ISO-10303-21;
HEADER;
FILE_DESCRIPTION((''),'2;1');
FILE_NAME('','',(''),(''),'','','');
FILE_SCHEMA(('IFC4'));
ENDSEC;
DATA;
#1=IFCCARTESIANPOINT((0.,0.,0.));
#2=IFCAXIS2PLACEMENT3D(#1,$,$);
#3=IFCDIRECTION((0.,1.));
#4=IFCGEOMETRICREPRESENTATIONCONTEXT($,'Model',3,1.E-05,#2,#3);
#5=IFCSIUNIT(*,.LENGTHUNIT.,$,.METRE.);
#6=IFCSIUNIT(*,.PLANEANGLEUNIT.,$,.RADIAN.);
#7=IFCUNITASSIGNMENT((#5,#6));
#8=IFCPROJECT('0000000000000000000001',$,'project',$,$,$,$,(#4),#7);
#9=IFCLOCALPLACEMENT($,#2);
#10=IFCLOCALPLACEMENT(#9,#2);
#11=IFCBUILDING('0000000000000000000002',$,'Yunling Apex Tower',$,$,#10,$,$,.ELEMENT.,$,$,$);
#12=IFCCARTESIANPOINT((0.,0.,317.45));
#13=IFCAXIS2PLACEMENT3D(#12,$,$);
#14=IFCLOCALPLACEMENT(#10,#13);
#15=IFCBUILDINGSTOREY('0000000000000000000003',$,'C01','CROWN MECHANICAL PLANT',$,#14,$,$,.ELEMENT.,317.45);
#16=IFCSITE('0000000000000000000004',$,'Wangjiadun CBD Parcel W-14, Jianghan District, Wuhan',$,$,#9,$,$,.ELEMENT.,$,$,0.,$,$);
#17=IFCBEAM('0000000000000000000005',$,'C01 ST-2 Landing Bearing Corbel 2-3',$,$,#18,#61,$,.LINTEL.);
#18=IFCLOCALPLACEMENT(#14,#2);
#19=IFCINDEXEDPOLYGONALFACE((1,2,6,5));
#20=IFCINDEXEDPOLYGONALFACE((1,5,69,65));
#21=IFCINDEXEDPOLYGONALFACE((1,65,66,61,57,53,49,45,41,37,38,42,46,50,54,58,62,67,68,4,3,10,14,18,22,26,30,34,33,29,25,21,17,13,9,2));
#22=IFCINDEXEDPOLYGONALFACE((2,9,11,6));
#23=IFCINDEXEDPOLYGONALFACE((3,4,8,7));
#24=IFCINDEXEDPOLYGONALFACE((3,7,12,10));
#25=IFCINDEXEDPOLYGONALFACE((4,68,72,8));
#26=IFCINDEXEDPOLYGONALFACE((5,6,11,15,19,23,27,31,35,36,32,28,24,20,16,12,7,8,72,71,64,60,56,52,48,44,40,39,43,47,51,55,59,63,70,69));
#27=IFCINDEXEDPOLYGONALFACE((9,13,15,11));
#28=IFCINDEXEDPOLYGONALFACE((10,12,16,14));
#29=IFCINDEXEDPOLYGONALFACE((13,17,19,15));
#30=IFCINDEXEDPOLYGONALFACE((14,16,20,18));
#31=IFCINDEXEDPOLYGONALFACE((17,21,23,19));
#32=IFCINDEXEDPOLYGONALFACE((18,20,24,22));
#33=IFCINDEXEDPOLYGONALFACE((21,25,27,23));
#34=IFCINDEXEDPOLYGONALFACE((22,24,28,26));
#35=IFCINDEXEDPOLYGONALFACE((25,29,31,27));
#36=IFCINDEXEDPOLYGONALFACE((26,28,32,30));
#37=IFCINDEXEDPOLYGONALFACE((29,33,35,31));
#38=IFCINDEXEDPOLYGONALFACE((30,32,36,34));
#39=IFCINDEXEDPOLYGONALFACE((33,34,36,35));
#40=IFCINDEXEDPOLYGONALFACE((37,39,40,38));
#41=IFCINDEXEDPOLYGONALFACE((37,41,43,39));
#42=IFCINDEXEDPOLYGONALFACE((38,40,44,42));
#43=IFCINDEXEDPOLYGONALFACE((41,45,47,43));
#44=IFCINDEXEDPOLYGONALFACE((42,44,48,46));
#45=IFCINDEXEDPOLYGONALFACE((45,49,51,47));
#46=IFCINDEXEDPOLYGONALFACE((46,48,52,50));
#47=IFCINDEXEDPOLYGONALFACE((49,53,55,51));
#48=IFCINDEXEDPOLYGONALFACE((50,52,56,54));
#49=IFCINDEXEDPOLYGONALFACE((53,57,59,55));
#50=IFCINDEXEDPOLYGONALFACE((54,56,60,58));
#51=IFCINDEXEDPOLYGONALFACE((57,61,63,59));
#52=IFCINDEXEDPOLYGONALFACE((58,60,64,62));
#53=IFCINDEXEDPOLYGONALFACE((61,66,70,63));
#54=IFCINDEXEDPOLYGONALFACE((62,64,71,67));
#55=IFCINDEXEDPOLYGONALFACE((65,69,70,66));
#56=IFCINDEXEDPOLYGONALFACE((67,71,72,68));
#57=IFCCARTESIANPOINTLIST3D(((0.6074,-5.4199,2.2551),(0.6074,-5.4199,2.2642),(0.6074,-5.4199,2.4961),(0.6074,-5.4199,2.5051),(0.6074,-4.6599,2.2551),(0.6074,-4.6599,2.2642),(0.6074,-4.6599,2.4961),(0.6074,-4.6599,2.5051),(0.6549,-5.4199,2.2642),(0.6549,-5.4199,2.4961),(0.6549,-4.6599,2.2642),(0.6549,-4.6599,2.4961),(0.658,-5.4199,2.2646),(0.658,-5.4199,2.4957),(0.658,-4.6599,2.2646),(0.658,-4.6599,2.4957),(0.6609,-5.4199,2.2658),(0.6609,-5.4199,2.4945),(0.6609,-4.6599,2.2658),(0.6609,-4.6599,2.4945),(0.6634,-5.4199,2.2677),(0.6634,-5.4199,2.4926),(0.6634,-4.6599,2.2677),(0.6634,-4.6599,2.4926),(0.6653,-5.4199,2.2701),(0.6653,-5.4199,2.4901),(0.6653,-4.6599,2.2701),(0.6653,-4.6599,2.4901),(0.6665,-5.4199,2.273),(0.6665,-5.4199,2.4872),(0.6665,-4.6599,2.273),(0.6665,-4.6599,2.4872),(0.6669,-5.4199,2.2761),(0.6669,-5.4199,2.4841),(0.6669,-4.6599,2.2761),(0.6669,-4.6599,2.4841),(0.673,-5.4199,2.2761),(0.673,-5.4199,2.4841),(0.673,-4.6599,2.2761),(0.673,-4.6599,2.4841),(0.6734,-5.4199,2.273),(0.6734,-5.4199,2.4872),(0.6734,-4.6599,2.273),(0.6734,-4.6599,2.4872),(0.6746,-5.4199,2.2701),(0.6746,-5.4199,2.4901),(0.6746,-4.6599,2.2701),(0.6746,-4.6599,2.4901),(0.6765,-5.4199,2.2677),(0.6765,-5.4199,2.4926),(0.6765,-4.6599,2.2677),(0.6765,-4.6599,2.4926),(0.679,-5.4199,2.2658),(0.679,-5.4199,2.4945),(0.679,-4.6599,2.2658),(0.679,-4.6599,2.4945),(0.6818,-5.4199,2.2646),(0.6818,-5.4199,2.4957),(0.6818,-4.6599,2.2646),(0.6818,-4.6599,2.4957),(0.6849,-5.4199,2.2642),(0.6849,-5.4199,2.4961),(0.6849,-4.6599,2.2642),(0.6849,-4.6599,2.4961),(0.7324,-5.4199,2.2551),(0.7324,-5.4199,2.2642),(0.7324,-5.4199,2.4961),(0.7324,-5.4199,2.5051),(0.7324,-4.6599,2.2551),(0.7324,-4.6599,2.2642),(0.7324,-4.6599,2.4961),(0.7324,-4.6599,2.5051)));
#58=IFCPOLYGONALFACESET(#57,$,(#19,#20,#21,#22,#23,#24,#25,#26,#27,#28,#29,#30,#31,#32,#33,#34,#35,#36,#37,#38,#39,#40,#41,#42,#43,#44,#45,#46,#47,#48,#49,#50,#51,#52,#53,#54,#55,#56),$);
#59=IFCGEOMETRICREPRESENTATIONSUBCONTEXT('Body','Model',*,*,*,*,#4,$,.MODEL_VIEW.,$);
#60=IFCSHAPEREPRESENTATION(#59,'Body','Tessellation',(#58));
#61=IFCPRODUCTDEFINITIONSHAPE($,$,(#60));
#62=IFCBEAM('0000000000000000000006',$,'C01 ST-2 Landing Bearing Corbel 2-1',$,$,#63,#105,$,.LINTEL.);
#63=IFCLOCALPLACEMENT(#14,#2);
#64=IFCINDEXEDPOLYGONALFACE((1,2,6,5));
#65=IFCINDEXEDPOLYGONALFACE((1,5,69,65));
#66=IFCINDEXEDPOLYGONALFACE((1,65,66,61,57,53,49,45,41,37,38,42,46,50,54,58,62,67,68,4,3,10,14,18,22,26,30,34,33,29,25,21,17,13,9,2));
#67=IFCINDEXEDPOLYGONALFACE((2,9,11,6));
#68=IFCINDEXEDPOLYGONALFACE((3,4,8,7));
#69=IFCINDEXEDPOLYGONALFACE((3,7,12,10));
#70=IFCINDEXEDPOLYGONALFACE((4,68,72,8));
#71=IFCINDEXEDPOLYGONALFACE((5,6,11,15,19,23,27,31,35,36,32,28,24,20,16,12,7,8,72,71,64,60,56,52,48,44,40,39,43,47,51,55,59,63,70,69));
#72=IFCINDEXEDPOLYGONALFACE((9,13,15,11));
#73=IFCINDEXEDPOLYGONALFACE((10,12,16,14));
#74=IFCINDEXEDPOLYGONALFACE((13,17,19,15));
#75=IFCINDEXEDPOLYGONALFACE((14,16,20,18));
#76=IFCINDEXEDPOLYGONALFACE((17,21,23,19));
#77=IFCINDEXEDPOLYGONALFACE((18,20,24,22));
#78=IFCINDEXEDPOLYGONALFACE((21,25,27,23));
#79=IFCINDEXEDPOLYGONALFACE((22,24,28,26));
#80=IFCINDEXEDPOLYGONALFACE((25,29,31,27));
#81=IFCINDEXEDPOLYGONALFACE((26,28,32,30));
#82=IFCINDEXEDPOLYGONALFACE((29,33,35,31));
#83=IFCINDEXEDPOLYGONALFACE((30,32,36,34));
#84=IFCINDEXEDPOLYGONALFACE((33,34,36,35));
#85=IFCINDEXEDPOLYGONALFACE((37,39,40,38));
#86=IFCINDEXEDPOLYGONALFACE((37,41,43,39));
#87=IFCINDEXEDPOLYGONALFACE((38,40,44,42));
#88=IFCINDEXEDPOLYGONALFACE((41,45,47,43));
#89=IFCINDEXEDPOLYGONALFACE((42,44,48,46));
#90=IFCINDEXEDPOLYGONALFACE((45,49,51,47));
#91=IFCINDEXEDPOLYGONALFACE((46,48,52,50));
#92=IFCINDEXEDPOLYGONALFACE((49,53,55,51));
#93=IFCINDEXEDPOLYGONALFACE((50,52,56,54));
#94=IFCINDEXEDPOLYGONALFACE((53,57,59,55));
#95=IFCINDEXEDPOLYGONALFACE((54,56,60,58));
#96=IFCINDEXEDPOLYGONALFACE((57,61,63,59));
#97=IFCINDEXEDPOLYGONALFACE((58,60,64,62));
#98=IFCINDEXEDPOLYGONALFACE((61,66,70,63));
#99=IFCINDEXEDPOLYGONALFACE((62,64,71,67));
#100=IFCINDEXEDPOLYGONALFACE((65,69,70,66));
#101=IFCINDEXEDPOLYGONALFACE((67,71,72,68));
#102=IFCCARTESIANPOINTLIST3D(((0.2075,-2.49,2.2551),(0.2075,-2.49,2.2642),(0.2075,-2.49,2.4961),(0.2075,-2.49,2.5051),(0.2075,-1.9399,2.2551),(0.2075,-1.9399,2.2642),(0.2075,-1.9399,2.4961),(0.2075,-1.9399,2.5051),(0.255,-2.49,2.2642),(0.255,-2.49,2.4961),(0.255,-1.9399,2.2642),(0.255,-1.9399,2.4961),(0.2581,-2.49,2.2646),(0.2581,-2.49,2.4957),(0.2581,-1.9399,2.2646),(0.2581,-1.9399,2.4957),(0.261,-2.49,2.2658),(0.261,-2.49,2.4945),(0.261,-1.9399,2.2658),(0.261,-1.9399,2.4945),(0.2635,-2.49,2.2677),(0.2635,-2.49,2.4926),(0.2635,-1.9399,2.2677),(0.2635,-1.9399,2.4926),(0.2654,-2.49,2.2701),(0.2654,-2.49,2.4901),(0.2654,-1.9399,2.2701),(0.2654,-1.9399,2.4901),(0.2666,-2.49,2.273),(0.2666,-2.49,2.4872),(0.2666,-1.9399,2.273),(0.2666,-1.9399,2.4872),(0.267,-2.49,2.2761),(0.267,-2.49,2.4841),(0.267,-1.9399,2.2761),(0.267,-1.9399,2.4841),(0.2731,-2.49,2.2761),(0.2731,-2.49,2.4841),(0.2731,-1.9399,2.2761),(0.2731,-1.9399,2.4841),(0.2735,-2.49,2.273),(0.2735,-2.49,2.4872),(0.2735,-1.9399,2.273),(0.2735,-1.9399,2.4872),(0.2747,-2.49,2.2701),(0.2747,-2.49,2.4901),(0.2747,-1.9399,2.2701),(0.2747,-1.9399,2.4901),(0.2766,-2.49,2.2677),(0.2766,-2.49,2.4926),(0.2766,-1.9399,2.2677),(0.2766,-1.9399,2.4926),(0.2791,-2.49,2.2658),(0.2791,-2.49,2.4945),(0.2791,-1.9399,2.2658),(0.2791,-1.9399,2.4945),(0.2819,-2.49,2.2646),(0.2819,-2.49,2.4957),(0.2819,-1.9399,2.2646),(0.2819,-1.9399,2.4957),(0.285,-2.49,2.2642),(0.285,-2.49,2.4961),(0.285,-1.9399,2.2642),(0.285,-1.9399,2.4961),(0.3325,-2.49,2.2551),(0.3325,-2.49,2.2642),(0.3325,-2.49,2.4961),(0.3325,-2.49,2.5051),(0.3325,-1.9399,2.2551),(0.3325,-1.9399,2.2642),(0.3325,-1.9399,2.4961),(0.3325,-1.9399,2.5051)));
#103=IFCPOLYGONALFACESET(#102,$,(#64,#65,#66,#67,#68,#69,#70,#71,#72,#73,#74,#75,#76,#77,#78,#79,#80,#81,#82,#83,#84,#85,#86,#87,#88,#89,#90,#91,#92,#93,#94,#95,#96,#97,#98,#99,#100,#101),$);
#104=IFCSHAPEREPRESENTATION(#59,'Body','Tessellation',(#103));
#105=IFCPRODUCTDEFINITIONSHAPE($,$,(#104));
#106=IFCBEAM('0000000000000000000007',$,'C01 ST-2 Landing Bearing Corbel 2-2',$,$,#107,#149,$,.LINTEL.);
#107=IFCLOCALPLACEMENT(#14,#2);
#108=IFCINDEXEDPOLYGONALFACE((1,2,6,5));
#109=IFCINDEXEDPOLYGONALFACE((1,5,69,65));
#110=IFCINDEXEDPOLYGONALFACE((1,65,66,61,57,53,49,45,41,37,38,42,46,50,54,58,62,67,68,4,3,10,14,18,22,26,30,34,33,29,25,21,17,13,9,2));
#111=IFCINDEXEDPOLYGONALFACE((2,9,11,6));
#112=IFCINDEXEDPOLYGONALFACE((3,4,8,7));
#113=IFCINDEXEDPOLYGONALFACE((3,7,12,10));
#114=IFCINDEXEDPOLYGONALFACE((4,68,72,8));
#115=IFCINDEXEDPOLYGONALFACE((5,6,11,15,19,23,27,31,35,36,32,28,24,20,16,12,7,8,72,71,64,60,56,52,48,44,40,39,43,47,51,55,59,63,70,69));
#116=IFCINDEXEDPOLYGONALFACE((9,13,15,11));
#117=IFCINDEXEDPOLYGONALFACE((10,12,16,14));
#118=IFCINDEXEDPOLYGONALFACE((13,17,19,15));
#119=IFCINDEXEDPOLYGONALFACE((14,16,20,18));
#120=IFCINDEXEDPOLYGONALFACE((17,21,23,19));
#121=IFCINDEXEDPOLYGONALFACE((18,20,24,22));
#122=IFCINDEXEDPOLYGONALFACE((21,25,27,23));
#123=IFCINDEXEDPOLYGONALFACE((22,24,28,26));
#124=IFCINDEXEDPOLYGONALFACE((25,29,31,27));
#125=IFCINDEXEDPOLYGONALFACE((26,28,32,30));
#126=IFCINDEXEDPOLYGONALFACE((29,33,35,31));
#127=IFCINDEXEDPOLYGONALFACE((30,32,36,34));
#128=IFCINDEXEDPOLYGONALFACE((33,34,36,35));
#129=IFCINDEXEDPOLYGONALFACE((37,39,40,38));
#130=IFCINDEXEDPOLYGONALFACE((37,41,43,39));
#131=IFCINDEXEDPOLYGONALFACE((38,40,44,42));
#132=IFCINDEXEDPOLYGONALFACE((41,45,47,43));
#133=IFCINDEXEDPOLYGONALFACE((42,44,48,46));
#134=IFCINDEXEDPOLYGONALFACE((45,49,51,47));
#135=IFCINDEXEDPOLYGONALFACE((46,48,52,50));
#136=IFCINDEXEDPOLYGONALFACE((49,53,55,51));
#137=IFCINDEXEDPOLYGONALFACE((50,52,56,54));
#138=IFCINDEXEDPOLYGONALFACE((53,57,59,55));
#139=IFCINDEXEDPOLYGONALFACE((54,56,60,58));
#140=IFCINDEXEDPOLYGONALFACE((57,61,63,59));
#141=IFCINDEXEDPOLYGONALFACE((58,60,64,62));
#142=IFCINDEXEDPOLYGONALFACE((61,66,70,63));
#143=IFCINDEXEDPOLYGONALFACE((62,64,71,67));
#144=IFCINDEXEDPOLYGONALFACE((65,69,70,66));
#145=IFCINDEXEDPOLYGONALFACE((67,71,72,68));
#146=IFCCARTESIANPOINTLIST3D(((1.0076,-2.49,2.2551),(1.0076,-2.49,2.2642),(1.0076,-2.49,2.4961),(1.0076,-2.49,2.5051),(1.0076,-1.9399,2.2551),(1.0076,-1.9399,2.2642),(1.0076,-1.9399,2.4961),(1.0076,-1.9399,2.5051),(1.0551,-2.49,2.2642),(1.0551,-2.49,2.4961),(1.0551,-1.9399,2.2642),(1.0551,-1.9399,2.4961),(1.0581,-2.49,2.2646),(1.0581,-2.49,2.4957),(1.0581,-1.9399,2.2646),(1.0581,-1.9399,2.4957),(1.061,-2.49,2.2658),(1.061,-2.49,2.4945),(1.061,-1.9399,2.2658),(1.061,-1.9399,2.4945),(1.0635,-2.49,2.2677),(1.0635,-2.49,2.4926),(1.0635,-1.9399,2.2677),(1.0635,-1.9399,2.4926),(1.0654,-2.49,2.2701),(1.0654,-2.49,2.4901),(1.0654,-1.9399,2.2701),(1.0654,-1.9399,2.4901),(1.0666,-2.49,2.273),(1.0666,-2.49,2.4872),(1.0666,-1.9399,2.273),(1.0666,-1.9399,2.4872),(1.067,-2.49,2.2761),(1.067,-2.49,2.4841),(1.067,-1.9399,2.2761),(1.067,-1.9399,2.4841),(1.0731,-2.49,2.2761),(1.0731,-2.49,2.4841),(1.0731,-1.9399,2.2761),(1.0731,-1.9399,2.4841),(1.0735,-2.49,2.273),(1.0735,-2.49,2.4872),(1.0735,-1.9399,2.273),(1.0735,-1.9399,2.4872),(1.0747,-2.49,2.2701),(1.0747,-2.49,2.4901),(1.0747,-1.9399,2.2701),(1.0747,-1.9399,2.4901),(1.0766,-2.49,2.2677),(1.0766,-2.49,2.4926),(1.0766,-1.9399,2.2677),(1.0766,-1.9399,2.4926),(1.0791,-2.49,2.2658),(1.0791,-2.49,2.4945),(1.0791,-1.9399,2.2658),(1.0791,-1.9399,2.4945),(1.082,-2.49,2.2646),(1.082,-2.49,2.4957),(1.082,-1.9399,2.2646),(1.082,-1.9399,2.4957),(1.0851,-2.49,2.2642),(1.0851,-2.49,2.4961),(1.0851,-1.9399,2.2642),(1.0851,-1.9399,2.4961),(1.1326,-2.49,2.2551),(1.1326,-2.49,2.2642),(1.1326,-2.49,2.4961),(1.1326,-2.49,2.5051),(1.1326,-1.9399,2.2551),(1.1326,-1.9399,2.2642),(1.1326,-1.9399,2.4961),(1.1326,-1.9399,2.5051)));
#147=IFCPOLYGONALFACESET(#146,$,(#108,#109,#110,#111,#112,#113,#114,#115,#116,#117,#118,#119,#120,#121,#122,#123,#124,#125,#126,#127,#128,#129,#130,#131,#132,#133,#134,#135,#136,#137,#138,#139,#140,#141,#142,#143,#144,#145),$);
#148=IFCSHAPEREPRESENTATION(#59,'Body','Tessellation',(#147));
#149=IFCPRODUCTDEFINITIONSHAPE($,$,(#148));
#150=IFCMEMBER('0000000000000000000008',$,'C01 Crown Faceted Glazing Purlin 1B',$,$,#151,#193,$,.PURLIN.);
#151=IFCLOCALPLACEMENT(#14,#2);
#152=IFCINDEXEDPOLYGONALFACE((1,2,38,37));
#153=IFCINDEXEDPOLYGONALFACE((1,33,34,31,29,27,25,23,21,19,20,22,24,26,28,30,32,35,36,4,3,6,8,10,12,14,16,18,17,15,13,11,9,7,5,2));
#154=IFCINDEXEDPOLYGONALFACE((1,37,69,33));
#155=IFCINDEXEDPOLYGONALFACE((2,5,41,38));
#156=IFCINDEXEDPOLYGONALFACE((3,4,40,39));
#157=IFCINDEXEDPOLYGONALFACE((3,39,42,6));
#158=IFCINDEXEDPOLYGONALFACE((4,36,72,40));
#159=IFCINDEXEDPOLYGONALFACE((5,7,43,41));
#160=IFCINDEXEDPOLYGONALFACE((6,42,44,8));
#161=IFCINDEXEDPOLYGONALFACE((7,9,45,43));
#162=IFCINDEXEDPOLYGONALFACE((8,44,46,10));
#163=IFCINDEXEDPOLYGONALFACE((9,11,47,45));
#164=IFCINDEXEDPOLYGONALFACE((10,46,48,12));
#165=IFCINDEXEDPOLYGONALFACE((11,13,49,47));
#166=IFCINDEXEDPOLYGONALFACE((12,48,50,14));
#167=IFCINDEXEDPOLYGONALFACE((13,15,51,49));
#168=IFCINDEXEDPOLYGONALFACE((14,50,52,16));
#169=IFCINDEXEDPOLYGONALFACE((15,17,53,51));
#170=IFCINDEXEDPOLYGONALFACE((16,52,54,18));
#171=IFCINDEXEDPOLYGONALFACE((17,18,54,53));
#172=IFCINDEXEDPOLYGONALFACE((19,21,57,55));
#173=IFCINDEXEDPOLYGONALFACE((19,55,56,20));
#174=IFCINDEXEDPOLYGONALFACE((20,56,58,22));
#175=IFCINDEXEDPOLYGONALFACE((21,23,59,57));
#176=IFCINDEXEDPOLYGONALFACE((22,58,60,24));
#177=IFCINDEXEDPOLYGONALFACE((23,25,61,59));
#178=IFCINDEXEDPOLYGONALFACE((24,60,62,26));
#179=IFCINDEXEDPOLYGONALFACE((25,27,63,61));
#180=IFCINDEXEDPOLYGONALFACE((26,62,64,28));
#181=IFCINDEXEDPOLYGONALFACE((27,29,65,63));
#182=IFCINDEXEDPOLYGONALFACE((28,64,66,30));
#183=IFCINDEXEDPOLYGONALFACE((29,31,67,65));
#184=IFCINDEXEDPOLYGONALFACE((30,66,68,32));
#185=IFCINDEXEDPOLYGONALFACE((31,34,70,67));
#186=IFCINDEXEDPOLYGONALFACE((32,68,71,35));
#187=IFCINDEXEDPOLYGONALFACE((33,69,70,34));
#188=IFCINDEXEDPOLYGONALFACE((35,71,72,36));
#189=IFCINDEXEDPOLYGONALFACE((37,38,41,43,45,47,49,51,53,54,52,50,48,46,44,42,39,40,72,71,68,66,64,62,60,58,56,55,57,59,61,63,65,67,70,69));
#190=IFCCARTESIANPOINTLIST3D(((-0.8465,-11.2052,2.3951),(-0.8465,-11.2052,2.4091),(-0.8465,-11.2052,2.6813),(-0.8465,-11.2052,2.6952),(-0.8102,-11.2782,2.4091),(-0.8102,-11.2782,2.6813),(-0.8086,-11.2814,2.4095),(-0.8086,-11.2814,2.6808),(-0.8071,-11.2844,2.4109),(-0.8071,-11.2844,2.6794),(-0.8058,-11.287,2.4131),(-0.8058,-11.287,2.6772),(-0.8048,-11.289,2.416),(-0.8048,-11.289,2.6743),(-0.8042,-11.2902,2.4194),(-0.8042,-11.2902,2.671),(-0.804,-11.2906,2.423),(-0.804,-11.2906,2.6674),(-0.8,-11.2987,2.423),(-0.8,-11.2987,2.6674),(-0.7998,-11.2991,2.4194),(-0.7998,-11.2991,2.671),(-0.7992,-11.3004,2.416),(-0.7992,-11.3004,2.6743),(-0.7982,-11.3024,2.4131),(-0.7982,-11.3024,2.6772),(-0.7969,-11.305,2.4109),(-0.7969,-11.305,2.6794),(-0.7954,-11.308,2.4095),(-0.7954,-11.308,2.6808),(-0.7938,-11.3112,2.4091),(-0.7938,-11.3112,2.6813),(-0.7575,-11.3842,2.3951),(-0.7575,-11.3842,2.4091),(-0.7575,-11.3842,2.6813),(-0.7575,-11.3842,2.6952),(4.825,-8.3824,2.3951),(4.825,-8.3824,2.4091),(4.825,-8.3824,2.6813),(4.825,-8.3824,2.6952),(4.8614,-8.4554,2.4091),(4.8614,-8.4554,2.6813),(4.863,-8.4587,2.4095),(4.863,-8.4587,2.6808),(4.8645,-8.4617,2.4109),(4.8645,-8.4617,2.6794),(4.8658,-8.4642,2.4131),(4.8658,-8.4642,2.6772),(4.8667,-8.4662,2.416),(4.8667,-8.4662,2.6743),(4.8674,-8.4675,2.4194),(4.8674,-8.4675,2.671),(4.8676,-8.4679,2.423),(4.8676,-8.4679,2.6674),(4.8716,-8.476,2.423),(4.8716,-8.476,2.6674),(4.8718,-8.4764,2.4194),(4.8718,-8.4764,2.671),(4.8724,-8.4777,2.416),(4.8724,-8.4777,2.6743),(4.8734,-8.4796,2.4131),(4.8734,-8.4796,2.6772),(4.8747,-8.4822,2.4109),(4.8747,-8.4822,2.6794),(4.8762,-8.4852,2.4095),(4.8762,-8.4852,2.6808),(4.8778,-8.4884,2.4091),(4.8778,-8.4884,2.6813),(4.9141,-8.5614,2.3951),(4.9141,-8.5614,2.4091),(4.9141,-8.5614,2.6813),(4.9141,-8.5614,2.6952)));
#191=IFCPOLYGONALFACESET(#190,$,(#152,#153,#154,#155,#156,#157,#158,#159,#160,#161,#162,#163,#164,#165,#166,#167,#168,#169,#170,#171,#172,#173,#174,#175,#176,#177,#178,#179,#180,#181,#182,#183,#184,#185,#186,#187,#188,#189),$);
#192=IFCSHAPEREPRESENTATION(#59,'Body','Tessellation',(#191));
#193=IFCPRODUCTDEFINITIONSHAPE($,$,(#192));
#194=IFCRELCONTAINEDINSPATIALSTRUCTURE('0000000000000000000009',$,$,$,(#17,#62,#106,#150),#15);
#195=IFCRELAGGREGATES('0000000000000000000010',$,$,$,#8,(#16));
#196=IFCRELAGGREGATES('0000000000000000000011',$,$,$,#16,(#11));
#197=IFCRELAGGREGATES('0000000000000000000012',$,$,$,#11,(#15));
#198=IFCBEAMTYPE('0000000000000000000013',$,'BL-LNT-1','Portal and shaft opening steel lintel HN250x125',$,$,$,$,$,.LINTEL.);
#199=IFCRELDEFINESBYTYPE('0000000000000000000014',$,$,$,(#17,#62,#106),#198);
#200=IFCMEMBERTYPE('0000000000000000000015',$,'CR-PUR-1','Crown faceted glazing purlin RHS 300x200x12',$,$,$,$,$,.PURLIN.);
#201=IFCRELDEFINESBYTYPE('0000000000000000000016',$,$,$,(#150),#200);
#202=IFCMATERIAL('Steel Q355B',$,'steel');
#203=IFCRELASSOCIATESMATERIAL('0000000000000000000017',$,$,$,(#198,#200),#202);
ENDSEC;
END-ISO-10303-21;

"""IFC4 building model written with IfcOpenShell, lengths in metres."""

from ifc_helpers import new_model, si_unit, direction, frame, origin, origin_2d, place, context, subcontext, project, spatial, i_section, extrude, source, transform, mapped, material, material_profile, profile_set, type_object, element, save


model = new_model("IFC4")

# Units and contexts
model_context = context("Model", 3, precision=1e-05, world=origin(), true_north=direction((0.0, 1.0)))
body_context = subcontext(model_context, "Body", "Model", "MODEL_VIEW")
ifc_project = project(units=[si_unit("LENGTHUNIT", "METRE"), si_unit("PLANEANGLEUNIT", "RADIAN")], contexts=[model_context])

# Site, building, storey
site_placement = place(None, origin())
site = spatial("IfcSite", under=ifc_project, at=site_placement, Name="Wangjiadun CBD Parcel W-14, Jianghan District, Wuhan", CompositionType="ELEMENT", RefElevation=0.0)
building_placement = place(site_placement, origin())
building = spatial("IfcBuilding", under=site, at=building_placement, Name="Yunling Apex Tower", CompositionType="ELEMENT")
storey_placement = place(building_placement, frame((0.0, 0.0, 317.45)))
storey = spatial("IfcBuildingStorey", under=building, at=storey_placement, Name="C01", Description="CROWN MECHANICAL PLANT", CompositionType="ELEMENT", Elevation=317.45)

# Beams
ifc_material_1 = material(Name="Steel Q355B", Category="steel")
ifc_material_profile_1 = material_profile(ifc_material_1, i_section(OverallWidth=0.125, OverallDepth=0.25, WebThickness=0.0061, FlangeThickness=0.009, FilletRadius=0.012, at=origin_2d()))
ifc_profile_set_1 = profile_set([ifc_material_profile_1], Name="Steel Q355B")
beam_type = type_object("IfcBeamType", Name="BL-LNT-1", Description="Portal and shaft opening steel lintel HN250x125", PredefinedType="LINTEL", material=ifc_profile_set_1)
shared_shape_1 = source(origin(), body_context, "Body", "SweptSolid", [
    extrude(i_section(OverallWidth=0.125, OverallDepth=0.25, WebThickness=0.0061, FlangeThickness=0.009, FilletRadius=0.012, at=origin_2d()), origin(), (0.0, 0.0, 1.0), 0.76),
])
beam_placement = place(storey_placement, frame((0.6699, -5.4199, 2.3801), z_axis=(0.0, 1.0, 0.0), x_axis=(-1.0, 0.0, 0.0)))
element("IfcBeam", 1, at=beam_placement, inside=storey, type_object=beam_type, Name="C01 ST-2 Landing Bearing Corbel 2-3", PredefinedType="LINTEL", context=body_context, shape_type="MappedRepresentation", body=[
    mapped(shared_shape_1, transform((0.0, 0.0, 0.0), scale=1.0)),
])
shared_shape_2 = source(origin(), body_context, "Body", "SweptSolid", [
    extrude(i_section(OverallWidth=0.125, OverallDepth=0.25, WebThickness=0.0061, FlangeThickness=0.009, FilletRadius=0.012, at=origin_2d()), origin(), (0.0, 0.0, 1.0), 0.55),
])
for number, where, z_axis, x_axis, name in (
    (2, (0.27, -1.9399, 2.3801), (0.0, -1.0, 0.0), (1.0, 0.0, 0.0), "C01 ST-2 Landing Bearing Corbel 2-1"),
    (3, (1.0701, -1.9399, 2.3801), (0.0, -1.0, 0.0), (1.0, 0.0, 0.0), "C01 ST-2 Landing Bearing Corbel 2-2"),
):
    element("IfcBeam", number, at=place(storey_placement, frame(where, z_axis=z_axis, x_axis=x_axis)), inside=storey, type_object=beam_type, Name=name, PredefinedType="LINTEL", context=body_context, shape_type="MappedRepresentation", body=[
        mapped(shared_shape_2, transform((0.0, 0.0, 0.0), scale=1.0)),
    ])

# Member
ifc_material_profile_2 = material_profile(ifc_material_1, i_section(OverallWidth=0.2, OverallDepth=0.3, WebThickness=0.009, FlangeThickness=0.0139, FilletRadius=0.0139, at=origin_2d()))
ifc_profile_set_2 = profile_set([ifc_material_profile_2], Name="Steel Q355B")
member_type_1 = type_object("IfcMemberType", Name="CR-PUR-1", Description="Crown faceted glazing purlin RHS 300x200x12", PredefinedType="PURLIN", material=ifc_profile_set_2)
shared_shape_3 = source(origin(), body_context, "Body", "SweptSolid", [
    extrude(i_section(OverallWidth=0.2, OverallDepth=0.3, WebThickness=0.009, FlangeThickness=0.0139, FilletRadius=0.0139, at=origin_2d()), origin(), (0.0, 0.0, 1.0), 6.3352),
])
member_1_placement = place(storey_placement, frame((-0.802, -11.2947, 2.5452), z_axis=(0.89525, 0.445563, 0.0), x_axis=(-0.445563, 0.89525, 0.0)))
element("IfcMember", 4, at=member_1_placement, inside=storey, type_object=member_type_1, Name="C01 Crown Faceted Glazing Purlin 1B", PredefinedType="PURLIN", context=body_context, shape_type="MappedRepresentation", body=[
    mapped(shared_shape_3, transform((0.0, 0.0, 0.0), scale=1.0)),
])

save(model, "model.ifc")
